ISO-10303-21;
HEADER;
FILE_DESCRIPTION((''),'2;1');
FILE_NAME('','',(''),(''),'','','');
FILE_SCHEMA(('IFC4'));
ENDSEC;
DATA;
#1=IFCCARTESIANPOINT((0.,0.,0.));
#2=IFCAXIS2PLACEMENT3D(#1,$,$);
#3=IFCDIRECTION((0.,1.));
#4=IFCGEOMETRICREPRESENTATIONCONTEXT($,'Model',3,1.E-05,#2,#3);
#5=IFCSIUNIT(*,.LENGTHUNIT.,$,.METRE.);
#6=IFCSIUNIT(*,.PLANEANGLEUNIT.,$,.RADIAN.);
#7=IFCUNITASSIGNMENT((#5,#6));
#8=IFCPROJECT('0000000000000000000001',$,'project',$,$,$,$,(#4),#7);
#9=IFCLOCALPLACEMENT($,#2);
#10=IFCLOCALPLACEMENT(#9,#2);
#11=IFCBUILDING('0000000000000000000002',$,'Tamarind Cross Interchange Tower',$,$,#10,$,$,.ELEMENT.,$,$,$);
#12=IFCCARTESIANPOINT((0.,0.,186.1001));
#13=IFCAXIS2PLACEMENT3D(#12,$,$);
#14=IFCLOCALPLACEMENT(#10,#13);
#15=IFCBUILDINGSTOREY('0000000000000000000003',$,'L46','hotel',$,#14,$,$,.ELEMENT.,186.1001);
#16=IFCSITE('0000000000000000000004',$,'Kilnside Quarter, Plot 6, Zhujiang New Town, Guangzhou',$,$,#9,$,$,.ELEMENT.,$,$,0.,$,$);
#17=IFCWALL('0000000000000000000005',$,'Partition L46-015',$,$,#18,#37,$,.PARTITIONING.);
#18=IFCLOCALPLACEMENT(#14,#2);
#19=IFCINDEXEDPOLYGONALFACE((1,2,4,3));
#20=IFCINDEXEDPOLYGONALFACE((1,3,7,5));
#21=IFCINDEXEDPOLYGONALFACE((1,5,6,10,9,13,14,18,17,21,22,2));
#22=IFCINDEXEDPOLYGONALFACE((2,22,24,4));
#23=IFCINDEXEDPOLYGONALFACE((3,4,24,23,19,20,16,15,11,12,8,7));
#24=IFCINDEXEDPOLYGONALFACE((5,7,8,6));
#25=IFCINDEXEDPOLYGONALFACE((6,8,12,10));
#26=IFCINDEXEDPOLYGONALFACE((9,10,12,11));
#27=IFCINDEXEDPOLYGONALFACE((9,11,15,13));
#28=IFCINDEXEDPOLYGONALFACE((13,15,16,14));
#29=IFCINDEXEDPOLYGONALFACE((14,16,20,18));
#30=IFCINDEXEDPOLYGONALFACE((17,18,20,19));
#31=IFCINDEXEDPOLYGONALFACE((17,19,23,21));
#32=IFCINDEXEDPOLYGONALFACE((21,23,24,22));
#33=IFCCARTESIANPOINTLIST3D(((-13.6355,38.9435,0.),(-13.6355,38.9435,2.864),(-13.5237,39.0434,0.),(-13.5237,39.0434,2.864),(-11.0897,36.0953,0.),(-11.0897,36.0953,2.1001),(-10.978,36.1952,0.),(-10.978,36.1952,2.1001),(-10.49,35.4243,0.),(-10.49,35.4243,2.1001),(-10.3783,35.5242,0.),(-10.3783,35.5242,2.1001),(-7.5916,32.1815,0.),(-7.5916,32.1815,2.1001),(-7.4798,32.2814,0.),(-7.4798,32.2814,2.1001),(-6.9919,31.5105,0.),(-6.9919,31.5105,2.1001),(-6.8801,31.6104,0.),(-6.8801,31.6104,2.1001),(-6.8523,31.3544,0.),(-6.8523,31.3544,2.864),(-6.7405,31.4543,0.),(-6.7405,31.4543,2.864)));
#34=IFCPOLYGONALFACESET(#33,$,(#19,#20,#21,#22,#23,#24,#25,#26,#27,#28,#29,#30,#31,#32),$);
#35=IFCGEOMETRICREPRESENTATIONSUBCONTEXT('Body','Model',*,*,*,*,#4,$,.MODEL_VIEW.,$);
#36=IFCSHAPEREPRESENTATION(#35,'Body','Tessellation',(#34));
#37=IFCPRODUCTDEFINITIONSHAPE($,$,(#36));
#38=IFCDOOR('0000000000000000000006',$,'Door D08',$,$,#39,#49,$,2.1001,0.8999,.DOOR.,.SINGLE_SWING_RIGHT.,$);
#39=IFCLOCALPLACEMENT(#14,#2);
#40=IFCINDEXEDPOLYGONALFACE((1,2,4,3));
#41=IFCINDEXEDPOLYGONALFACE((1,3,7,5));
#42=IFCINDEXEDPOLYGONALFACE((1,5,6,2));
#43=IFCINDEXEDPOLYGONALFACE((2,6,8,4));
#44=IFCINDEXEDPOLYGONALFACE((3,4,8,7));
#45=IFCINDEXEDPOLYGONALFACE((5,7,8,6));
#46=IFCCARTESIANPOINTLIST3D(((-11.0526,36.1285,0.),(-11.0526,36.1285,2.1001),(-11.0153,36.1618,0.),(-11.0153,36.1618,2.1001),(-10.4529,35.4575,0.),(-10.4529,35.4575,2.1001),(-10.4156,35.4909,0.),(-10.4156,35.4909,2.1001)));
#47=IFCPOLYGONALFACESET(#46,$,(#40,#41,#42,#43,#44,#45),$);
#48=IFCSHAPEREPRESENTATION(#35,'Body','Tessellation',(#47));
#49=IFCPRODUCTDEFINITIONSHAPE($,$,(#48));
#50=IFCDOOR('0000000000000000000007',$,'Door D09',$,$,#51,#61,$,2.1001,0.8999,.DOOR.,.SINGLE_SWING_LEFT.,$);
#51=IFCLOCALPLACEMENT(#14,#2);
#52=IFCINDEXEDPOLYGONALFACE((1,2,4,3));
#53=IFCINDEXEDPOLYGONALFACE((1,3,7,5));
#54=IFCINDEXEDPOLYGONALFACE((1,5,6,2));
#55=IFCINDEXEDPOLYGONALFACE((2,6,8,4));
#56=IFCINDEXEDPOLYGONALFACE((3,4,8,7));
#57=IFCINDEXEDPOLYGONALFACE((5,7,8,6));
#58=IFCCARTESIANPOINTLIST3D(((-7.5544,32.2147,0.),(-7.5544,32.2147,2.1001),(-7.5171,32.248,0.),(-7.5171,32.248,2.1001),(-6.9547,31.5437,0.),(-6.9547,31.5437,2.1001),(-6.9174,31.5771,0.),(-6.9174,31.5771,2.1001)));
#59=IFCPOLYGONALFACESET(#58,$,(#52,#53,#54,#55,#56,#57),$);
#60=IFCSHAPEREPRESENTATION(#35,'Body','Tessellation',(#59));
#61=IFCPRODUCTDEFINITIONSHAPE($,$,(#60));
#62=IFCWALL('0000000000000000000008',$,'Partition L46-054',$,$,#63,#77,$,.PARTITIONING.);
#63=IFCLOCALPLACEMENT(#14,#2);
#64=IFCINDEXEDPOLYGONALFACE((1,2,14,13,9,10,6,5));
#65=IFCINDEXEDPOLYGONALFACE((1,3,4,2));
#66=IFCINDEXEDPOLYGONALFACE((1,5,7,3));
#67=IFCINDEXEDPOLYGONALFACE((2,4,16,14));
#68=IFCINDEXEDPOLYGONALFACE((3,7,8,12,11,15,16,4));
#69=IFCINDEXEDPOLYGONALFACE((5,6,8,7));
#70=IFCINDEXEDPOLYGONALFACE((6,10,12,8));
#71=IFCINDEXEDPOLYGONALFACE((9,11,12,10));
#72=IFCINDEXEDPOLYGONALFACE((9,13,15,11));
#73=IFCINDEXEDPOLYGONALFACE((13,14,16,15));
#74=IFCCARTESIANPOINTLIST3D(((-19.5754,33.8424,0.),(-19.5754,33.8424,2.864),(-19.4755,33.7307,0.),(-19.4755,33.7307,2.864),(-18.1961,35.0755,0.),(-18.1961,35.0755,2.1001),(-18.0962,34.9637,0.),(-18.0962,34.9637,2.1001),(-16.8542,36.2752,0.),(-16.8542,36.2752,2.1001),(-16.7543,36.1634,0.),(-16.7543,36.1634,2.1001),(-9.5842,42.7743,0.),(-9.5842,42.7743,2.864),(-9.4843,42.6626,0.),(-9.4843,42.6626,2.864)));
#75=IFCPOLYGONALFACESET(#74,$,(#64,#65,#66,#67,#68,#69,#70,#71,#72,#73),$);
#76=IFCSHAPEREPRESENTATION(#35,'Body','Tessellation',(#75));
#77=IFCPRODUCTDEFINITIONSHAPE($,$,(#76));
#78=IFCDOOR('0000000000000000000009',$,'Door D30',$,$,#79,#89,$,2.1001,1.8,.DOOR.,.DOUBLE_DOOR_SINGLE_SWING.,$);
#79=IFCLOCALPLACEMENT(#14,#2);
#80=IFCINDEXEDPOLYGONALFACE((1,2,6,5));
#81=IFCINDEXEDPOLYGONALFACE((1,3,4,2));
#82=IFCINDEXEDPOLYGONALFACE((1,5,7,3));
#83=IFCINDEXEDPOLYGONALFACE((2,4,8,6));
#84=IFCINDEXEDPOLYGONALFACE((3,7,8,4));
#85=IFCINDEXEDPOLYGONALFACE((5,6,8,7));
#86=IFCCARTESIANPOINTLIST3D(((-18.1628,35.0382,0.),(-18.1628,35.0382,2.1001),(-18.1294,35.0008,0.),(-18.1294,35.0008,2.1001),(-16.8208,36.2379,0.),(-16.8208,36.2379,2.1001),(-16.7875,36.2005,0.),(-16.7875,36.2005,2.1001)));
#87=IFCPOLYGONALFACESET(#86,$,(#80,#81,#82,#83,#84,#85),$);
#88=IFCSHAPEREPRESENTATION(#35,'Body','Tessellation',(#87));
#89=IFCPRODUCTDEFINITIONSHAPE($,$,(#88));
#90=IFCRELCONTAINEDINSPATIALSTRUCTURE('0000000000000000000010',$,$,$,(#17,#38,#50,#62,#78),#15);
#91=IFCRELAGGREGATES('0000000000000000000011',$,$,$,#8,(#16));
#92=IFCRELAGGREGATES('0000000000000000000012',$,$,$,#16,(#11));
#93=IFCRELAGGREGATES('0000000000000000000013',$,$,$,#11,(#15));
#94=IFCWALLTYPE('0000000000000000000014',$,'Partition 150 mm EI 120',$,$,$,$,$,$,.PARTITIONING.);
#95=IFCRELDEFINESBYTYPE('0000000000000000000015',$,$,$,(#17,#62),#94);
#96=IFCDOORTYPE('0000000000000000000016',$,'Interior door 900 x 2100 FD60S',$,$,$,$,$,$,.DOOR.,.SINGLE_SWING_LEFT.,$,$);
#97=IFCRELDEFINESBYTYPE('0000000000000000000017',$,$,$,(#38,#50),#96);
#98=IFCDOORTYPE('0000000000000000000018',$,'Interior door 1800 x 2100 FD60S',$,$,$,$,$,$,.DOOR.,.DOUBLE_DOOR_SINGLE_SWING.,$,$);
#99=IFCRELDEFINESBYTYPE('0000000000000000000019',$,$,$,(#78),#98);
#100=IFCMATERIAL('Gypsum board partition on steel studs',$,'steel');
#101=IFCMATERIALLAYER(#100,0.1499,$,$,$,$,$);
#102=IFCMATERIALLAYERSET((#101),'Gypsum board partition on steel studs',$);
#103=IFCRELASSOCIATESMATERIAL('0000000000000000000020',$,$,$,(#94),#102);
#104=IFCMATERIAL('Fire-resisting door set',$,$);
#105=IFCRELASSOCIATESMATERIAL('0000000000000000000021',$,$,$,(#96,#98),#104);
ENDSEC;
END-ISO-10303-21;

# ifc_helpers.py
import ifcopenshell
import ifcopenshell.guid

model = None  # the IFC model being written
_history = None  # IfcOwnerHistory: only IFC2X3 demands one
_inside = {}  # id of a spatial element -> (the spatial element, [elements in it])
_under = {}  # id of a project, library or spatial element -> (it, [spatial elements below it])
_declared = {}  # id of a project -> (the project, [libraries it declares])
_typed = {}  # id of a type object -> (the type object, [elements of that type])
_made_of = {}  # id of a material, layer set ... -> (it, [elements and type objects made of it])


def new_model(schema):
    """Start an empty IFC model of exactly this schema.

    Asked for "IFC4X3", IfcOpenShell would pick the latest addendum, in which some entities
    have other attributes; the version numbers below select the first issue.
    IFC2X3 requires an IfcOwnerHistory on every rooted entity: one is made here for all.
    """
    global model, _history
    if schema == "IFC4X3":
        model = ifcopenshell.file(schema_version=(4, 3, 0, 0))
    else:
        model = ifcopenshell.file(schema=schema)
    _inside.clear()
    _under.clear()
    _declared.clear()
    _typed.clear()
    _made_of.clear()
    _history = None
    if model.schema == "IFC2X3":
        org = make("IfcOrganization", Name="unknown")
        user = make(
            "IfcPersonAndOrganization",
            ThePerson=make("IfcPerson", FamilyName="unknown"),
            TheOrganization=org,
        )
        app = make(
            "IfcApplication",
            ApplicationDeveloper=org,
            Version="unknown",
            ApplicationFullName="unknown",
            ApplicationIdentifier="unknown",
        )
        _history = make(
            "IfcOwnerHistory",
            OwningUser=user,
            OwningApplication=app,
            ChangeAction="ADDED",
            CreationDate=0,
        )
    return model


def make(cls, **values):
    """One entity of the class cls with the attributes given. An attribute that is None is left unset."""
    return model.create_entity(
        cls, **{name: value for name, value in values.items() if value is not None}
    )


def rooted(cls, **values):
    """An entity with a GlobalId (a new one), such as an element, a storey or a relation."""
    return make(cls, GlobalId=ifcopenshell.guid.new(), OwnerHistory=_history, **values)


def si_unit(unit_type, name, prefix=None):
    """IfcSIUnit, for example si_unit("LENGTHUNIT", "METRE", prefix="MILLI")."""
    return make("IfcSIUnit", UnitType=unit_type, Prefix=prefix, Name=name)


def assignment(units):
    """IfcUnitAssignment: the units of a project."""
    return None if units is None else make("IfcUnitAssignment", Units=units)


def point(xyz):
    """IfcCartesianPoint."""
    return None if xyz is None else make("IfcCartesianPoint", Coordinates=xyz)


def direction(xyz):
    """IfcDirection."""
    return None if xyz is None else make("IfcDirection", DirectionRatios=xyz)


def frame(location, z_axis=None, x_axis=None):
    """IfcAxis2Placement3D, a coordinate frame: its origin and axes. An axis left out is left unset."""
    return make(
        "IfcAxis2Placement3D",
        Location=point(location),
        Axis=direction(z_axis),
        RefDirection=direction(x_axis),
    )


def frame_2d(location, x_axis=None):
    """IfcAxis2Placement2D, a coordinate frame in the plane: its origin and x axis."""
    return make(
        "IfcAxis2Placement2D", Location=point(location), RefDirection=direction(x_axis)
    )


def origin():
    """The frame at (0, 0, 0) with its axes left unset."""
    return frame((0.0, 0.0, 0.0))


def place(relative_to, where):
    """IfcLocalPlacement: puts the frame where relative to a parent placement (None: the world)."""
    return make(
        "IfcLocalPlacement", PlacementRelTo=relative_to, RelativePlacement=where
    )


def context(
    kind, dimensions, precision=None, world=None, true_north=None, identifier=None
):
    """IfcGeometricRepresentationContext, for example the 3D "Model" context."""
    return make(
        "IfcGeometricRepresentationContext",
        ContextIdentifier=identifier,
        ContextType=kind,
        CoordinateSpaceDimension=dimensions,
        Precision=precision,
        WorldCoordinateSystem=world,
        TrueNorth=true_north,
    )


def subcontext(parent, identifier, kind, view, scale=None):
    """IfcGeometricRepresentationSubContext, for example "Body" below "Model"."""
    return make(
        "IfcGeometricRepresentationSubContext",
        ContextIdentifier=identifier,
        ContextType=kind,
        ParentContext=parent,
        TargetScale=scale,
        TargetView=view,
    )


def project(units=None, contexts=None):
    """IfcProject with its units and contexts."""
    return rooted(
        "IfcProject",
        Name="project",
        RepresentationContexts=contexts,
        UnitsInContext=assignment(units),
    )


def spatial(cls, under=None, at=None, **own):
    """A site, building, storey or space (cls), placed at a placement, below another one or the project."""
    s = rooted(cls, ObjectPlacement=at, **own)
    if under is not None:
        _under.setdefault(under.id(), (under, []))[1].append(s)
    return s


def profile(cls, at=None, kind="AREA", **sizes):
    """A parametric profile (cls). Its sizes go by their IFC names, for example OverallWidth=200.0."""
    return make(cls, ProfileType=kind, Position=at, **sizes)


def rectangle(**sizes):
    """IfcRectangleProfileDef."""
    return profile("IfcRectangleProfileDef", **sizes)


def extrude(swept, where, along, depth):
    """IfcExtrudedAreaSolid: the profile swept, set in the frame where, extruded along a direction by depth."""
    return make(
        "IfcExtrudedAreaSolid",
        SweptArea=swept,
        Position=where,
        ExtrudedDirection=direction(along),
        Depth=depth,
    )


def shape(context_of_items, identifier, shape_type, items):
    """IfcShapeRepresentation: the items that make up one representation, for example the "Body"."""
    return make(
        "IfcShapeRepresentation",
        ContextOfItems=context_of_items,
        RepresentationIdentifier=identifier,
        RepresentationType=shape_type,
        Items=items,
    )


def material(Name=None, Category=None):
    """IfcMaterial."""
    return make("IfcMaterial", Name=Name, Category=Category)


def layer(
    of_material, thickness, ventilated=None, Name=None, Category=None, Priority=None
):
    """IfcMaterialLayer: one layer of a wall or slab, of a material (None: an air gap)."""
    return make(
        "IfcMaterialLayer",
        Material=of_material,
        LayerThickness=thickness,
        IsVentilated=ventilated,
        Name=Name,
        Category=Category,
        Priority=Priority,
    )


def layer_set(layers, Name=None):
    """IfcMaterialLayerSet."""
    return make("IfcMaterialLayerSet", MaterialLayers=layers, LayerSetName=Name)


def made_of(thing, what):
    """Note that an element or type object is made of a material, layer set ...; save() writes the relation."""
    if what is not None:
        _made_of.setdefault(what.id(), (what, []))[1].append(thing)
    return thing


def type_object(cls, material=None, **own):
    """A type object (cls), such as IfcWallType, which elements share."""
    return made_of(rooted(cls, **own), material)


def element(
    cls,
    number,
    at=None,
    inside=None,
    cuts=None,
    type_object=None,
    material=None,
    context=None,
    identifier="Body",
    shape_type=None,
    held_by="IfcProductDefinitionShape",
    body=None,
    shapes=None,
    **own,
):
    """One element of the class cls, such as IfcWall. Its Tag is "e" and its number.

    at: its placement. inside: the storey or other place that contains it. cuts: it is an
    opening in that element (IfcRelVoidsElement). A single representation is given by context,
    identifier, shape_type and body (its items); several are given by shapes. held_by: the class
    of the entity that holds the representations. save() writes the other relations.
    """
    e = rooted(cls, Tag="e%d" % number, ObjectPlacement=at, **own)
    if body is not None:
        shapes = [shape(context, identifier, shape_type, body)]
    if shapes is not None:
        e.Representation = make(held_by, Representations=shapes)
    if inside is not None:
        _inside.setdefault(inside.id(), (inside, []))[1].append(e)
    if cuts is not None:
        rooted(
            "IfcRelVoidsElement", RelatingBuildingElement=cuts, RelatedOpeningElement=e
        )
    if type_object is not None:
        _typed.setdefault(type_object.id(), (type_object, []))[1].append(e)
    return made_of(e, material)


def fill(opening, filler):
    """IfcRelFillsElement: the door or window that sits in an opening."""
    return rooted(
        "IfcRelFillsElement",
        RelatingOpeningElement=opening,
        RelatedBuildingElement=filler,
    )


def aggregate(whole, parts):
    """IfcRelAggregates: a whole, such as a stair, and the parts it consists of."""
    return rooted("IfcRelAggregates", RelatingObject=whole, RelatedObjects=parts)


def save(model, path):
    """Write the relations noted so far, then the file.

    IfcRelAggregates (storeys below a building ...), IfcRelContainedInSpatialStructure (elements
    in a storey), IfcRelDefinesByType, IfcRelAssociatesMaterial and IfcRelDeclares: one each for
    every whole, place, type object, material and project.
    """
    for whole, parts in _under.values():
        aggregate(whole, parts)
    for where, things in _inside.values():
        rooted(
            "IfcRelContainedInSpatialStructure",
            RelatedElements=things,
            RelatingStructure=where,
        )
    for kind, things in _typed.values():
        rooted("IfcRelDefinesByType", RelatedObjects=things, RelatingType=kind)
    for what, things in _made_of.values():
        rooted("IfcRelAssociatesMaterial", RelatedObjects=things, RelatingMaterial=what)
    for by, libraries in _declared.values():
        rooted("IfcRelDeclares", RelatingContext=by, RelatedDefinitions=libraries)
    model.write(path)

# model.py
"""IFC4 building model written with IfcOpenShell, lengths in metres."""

from ifc_helpers import new_model, si_unit, direction, frame, frame_2d, origin, place, context, subcontext, project, spatial, rectangle, extrude, material, layer, layer_set, type_object, element, fill, save


model = new_model("IFC4")

# Units and contexts
model_context = context("Model", 3, precision=1e-05, world=origin(), true_north=direction((0.0, 1.0)))
body_context = subcontext(model_context, "Body", "Model", "MODEL_VIEW")
ifc_project = project(units=[si_unit("LENGTHUNIT", "METRE"), si_unit("PLANEANGLEUNIT", "RADIAN")], contexts=[model_context])

# Site, building, storey
site_placement = place(None, origin())
site = spatial("IfcSite", under=ifc_project, at=site_placement, Name="Kilnside Quarter, Plot 6, Zhujiang New Town, Guangzhou", CompositionType="ELEMENT", RefElevation=0.0)
building_placement = place(site_placement, origin())
building = spatial("IfcBuilding", under=site, at=building_placement, Name="Tamarind Cross Interchange Tower", CompositionType="ELEMENT")
storey_placement = place(building_placement, frame((0.0, 0.0, 186.1001)))
storey = spatial("IfcBuildingStorey", under=building, at=storey_placement, Name="L46", Description="hotel", CompositionType="ELEMENT", Elevation=186.1001)

# Wall, openings, doors
ifc_material_1 = material(Name="Gypsum board partition on steel studs", Category="steel")
ifc_layer_1 = layer(ifc_material_1, 0.1499)
ifc_layer_set_1 = layer_set([ifc_layer_1], Name="Gypsum board partition on steel studs")
wall_type = type_object("IfcWallType", Name="Partition 150 mm EI 120", PredefinedType="PARTITIONING", material=ifc_layer_set_1)
ifc_material_2 = material(Name="Fire-resisting door set")
door_type_1 = type_object("IfcDoorType", Name="Interior door 900 x 2100 FD60S", OperationType="SINGLE_SWING_LEFT", PredefinedType="DOOR", material=ifc_material_2)
wall_1_placement = place(storey_placement, frame((-13.5796, 38.9934, 0.0), z_axis=(0.0, 0.0, 1.0), x_axis=(0.66641, -0.745586, 0.0)))
wall_1 = element("IfcWall", 1, at=wall_1_placement, inside=storey, type_object=wall_type, Name="Partition L46-015", PredefinedType="PARTITIONING", context=body_context, shape_type="SweptSolid", body=[
    extrude(rectangle(XDim=10.1787, YDim=0.1499, at=frame_2d((5.0894, 0.0))), origin(), (0.0, 0.0, 1.0), 2.864),
])
opening_1_placement = place(wall_1_placement, frame((3.8201, 0.0, 0.0)))
opening_1 = element("IfcOpeningElement", 2, at=opening_1_placement, cuts=wall_1, PredefinedType="OPENING", context=body_context, shape_type="SweptSolid", body=[
    extrude(rectangle(XDim=0.8999, YDim=2.1001, at=frame_2d((0.45, 1.05))), frame((0.0, 0.085, 0.0), z_axis=(0.0, -1.0, 0.0), x_axis=(1.0, 0.0, 0.0)), (0.0, 0.0, 1.0), 0.1699),
])
opening_2_placement = place(wall_1_placement, frame((9.0693, 0.0, 0.0)))
opening_2 = element("IfcOpeningElement", 3, at=opening_2_placement, cuts=wall_1, PredefinedType="OPENING", context=body_context, shape_type="SweptSolid", body=[
    extrude(rectangle(XDim=0.8999, YDim=2.1001, at=frame_2d((0.45, 1.05))), frame((0.0, 0.085, 0.0), z_axis=(0.0, -1.0, 0.0), x_axis=(1.0, 0.0, 0.0)), (0.0, 0.0, 1.0), 0.1699),
])
door_1_placement = place(opening_1_placement, origin())
door_1 = element("IfcDoor", 4, at=door_1_placement, inside=storey, type_object=door_type_1, Name="Door D08", OperationType="SINGLE_SWING_RIGHT", OverallHeight=2.1001, OverallWidth=0.8999, PredefinedType="DOOR", context=body_context, shape_type="SweptSolid", body=[
    extrude(rectangle(XDim=0.8999, YDim=2.1001, at=frame_2d((0.45, 1.05))), frame((0.0, 0.0249, 0.0), z_axis=(0.0, -1.0, 0.0), x_axis=(1.0, 0.0, 0.0)), (0.0, 0.0, 1.0), 0.05),
])
fill(opening_1, door_1)
door_2_placement = place(opening_2_placement, origin())
door_2 = element("IfcDoor", 5, at=door_2_placement, inside=storey, type_object=door_type_1, Name="Door D09", OperationType="SINGLE_SWING_LEFT", OverallHeight=2.1001, OverallWidth=0.8999, PredefinedType="DOOR", context=body_context, shape_type="SweptSolid", body=[
    extrude(rectangle(XDim=0.8999, YDim=2.1001, at=frame_2d((0.45, 1.05))), frame((0.0, 0.0249, 0.0), z_axis=(0.0, -1.0, 0.0), x_axis=(1.0, 0.0, 0.0)), (0.0, 0.0, 1.0), 0.05),
])
fill(opening_2, door_2)

# Wall, opening, door
wall_2_placement = place(storey_placement, frame((-19.5254, 33.7866, 0.0), z_axis=(0.0, 0.0, 1.0), x_axis=(0.745524, 0.666479, 0.0)))
wall_2 = element("IfcWall", 6, at=wall_2_placement, inside=storey, type_object=wall_type, Name="Partition L46-054", PredefinedType="PARTITIONING", context=body_context, shape_type="SweptSolid", body=[
    extrude(rectangle(XDim=13.4016, YDim=0.1499, at=frame_2d((6.7007, 0.0))), origin(), (0.0, 0.0, 1.0), 2.864),
])
opening_3_placement = place(wall_2_placement, frame((1.8501, 0.0, 0.0)))
opening_3 = element("IfcOpeningElement", 7, at=opening_3_placement, cuts=wall_2, PredefinedType="OPENING", context=body_context, shape_type="SweptSolid", body=[
    extrude(rectangle(XDim=1.8, YDim=2.1001, at=frame_2d((0.8999, 1.05))), frame((0.0, 0.085, 0.0), z_axis=(0.0, -1.0, 0.0), x_axis=(1.0, 0.0, 0.0)), (0.0, 0.0, 1.0), 0.1699),
])
door_type_2 = type_object("IfcDoorType", Name="Interior door 1800 x 2100 FD60S", OperationType="DOUBLE_DOOR_SINGLE_SWING", PredefinedType="DOOR", material=ifc_material_2)
door_3_placement = place(opening_3_placement, origin())
door_3 = element("IfcDoor", 8, at=door_3_placement, inside=storey, type_object=door_type_2, Name="Door D30", OperationType="DOUBLE_DOOR_SINGLE_SWING", OverallHeight=2.1001, OverallWidth=1.8, PredefinedType="DOOR", context=body_context, shape_type="SweptSolid", body=[
    extrude(rectangle(XDim=1.8, YDim=2.1001, at=frame_2d((0.8999, 1.05))), frame((0.0, 0.0249, 0.0), z_axis=(0.0, -1.0, 0.0), x_axis=(1.0, 0.0, 0.0)), (0.0, 0.0, 1.0), 0.05),
])
fill(opening_3, door_3)

save(model, "model.ifc")
